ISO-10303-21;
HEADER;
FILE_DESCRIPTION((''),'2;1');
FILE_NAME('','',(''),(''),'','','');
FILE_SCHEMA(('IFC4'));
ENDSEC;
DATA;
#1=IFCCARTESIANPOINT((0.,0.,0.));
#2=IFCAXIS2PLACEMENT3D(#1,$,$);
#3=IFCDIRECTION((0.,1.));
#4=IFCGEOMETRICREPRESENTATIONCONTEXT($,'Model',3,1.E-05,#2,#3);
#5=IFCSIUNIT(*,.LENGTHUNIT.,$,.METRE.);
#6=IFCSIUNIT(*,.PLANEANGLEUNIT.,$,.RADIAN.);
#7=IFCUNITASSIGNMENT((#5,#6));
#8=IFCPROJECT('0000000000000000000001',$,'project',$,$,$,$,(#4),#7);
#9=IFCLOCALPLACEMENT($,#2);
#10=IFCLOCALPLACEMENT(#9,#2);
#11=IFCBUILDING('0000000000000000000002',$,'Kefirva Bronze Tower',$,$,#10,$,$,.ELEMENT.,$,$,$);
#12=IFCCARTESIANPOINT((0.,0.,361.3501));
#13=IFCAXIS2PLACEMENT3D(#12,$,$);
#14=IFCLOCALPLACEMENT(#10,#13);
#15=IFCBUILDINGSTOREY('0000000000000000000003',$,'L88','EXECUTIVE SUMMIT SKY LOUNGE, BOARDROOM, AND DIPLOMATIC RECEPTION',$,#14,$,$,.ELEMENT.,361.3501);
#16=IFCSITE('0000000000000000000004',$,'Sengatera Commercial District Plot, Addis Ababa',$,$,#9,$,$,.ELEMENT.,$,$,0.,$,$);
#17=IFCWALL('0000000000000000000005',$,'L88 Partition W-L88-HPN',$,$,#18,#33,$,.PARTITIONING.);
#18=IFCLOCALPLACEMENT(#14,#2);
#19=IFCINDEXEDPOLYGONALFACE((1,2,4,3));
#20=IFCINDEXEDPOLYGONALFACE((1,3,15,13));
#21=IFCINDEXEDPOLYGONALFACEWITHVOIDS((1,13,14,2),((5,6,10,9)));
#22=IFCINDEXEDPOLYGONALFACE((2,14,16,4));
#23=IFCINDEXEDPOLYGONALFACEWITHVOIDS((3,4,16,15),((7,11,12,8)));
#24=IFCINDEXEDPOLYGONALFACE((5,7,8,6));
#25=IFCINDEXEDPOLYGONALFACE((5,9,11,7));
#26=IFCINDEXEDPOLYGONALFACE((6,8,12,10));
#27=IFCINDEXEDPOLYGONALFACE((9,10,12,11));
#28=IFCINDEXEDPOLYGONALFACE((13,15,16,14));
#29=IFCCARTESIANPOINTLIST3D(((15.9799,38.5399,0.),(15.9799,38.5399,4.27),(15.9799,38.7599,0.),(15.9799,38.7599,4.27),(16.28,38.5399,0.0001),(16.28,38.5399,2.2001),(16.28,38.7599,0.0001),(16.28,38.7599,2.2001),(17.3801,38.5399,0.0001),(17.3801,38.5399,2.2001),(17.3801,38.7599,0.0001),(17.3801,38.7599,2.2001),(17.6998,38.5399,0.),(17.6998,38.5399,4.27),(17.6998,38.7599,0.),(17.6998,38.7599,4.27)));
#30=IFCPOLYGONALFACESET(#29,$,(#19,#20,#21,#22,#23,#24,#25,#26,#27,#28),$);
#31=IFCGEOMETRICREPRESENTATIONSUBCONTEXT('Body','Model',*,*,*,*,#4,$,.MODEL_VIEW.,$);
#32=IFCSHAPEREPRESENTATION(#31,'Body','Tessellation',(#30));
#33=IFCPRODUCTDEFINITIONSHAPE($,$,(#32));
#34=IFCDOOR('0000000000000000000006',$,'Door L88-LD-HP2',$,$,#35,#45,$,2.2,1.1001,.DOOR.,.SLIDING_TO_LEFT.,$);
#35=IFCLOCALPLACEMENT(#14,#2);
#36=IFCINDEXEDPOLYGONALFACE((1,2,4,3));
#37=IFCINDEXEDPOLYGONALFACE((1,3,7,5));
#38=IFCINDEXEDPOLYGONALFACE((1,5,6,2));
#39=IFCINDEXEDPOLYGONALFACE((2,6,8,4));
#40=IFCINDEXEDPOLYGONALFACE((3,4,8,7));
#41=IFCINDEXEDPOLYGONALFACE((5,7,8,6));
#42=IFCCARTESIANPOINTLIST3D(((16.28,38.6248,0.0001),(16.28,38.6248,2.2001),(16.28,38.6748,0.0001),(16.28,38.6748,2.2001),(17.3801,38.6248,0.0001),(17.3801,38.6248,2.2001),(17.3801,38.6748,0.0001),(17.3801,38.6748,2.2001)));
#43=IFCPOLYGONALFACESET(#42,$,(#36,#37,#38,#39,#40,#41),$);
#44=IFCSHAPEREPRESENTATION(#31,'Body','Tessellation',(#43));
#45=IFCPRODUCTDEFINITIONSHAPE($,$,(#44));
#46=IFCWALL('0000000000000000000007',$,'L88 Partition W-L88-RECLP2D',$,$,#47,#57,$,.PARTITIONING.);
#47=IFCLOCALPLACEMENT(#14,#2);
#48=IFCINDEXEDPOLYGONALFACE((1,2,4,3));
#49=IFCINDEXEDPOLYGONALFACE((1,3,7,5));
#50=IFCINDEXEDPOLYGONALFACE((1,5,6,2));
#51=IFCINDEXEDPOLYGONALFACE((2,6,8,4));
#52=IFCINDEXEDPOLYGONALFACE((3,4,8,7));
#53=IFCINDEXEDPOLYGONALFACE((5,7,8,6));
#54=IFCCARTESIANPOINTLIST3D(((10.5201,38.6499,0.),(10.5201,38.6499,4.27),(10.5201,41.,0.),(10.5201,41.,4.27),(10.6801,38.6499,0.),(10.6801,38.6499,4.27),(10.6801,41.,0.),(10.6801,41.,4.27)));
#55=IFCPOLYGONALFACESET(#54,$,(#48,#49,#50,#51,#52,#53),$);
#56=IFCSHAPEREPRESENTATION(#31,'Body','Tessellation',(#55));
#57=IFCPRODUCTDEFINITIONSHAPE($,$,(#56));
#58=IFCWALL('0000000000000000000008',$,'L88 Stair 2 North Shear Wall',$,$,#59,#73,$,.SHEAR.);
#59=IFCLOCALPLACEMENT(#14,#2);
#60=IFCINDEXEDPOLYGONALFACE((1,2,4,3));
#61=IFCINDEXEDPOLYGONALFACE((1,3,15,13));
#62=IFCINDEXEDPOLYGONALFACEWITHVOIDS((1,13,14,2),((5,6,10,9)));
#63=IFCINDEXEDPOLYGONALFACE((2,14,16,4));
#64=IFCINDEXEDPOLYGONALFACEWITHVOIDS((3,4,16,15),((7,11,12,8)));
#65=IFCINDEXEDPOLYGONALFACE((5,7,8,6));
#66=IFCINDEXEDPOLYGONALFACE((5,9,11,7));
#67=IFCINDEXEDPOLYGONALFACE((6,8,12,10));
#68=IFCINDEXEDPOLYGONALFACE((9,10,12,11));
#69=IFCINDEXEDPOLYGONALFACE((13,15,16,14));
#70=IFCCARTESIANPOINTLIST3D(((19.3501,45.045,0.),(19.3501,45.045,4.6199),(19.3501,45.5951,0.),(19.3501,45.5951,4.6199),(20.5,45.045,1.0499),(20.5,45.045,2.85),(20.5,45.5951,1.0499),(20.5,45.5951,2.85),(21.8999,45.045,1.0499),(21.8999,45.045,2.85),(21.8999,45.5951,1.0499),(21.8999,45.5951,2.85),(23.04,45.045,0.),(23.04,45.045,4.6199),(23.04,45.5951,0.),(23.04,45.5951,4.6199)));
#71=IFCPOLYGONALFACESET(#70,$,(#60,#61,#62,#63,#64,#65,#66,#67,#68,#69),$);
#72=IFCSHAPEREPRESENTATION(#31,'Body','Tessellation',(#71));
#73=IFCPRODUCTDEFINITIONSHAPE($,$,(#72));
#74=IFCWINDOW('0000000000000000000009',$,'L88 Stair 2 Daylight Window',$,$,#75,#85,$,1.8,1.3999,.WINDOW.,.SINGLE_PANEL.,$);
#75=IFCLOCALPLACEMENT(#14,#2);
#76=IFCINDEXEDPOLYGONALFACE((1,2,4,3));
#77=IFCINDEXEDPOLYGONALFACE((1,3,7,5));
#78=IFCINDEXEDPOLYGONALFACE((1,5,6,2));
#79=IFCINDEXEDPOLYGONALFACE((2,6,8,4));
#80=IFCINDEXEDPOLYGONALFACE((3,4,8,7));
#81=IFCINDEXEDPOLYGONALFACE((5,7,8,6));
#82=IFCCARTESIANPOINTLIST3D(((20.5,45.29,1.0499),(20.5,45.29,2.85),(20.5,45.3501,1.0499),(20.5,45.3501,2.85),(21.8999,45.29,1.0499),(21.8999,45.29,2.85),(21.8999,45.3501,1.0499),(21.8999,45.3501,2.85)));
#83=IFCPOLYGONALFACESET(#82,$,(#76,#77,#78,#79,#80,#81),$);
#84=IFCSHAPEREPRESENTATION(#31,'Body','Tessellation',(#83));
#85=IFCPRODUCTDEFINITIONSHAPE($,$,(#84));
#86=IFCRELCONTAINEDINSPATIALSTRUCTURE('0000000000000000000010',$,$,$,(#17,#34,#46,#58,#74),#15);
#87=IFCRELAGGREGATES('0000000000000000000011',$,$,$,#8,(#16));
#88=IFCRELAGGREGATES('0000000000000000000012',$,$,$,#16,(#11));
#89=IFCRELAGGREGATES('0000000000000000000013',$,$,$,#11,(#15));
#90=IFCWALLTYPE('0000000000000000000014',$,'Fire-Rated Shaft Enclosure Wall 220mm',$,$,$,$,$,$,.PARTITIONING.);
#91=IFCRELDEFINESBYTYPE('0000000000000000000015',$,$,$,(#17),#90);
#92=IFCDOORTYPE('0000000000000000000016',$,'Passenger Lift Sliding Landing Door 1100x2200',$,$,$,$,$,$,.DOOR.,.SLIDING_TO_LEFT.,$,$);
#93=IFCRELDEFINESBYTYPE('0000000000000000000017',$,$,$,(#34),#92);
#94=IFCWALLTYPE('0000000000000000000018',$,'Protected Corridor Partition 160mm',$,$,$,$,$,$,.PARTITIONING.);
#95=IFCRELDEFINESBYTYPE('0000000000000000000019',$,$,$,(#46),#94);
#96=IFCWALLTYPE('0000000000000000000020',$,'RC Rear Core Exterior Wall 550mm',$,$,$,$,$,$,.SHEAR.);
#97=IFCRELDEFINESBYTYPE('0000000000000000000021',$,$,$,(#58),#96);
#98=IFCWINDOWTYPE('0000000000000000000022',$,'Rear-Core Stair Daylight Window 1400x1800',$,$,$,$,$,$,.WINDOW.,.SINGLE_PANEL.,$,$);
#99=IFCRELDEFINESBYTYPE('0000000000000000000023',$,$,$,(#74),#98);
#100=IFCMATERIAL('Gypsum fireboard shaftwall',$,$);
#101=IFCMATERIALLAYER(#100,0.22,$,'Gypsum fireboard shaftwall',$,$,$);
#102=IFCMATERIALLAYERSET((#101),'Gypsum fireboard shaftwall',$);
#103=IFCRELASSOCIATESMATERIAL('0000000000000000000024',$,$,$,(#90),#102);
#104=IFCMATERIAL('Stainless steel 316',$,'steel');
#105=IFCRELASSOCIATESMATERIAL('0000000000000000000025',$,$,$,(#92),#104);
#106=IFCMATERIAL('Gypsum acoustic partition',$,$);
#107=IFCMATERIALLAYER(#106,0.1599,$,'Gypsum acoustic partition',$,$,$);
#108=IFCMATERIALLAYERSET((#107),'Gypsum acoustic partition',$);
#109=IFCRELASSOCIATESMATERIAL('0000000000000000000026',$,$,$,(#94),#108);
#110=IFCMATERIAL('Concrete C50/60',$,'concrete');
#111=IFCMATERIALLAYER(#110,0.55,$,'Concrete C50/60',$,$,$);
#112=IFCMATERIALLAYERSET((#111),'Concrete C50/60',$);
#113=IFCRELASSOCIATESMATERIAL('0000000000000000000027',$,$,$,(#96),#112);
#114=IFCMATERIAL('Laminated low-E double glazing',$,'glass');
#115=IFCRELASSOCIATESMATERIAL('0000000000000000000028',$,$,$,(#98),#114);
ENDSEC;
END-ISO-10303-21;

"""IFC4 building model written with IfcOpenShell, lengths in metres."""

from ifc_helpers import new_model, si_unit, direction, frame, frame_2d, origin, place, context, subcontext, project, spatial, rectangle, extrude, material, layer, layer_set, type_object, element, fill, save


model = new_model("IFC4")

# Units and contexts
model_context = context("Model", 3, precision=1e-05, world=origin(), true_north=direction((0.0, 1.0)))
body_context = subcontext(model_context, "Body", "Model", "MODEL_VIEW")
ifc_project = project(units=[si_unit("LENGTHUNIT", "METRE"), si_unit("PLANEANGLEUNIT", "RADIAN")], contexts=[model_context])

# Site, building, storey
site_placement = place(None, origin())
site = spatial("IfcSite", under=ifc_project, at=site_placement, Name="Sengatera Commercial District Plot, Addis Ababa", CompositionType="ELEMENT", RefElevation=0.0)
building_placement = place(site_placement, origin())
building = spatial("IfcBuilding", under=site, at=building_placement, Name="Kefirva Bronze Tower", CompositionType="ELEMENT")
storey_placement = place(building_placement, frame((0.0, 0.0, 361.3501)))
storey = spatial("IfcBuildingStorey", under=building, at=storey_placement, Name="L88", Description="EXECUTIVE SUMMIT SKY LOUNGE, BOARDROOM, AND DIPLOMATIC RECEPTION", CompositionType="ELEMENT", Elevation=361.3501)

# Shared definitions
ifc_material_1 = material(Name="Concrete C50/60", Category="concrete")

# Shared definitions
ifc_material_2 = material(Name="Gypsum acoustic partition")

# Shared definitions
ifc_material_3 = material(Name="Gypsum fireboard shaftwall")
ifc_layer_1 = layer(ifc_material_3, 0.22, Name="Gypsum fireboard shaftwall")
ifc_layer_set_1 = layer_set([ifc_layer_1], Name="Gypsum fireboard shaftwall")
wall_type_1 = type_object("IfcWallType", Name="Fire-Rated Shaft Enclosure Wall 220mm", PredefinedType="PARTITIONING", material=ifc_layer_set_1)

# Shared definitions
ifc_material_4 = material(Name="Stainless steel 316", Category="steel")

# Shared definitions
door_type_1 = type_object("IfcDoorType", Name="Passenger Lift Sliding Landing Door 1100x2200", OperationType="SLIDING_TO_LEFT", PredefinedType="DOOR", material=ifc_material_4)

# Wall, opening, door
wall_1_placement = place(storey_placement, frame((15.98, 38.6499, 0.0), z_axis=(0.0, 0.0, 1.0), x_axis=(1.0, 0.0, 0.0)))
wall_1 = element("IfcWall", 1, at=wall_1_placement, inside=storey, type_object=wall_type_1, Name="L88 Partition W-L88-HPN", PredefinedType="PARTITIONING", context=body_context, shape_type="SweptSolid", body=[
    extrude(rectangle(XDim=1.72, YDim=0.22, at=frame_2d((0.8599, 0.0))), origin(), (0.0, 0.0, 1.0), 4.27),
])
opening_1_placement = place(wall_1_placement, frame((0.3, 0.0, 0.0)))
opening_1 = element("IfcOpeningElement", 2, at=opening_1_placement, cuts=wall_1, PredefinedType="OPENING", context=body_context, shape_type="SweptSolid", body=[
    extrude(rectangle(XDim=1.1001, YDim=2.2, at=frame_2d((0.55, 1.1001))), frame((0.0, 0.1201, 0.0), z_axis=(0.0, -1.0, 0.0), x_axis=(1.0, 0.0, 0.0)), (0.0, 0.0, 1.0), 0.24),
])
door_1_placement = place(opening_1_placement, origin())
door_1 = element("IfcDoor", 3, at=door_1_placement, inside=storey, type_object=door_type_1, Name="Door L88-LD-HP2", OperationType="SLIDING_TO_LEFT", OverallHeight=2.2, OverallWidth=1.1001, PredefinedType="DOOR", context=body_context, shape_type="SweptSolid", body=[
    extrude(rectangle(XDim=1.1001, YDim=2.2, at=frame_2d((0.55, 1.1001))), frame((0.0, 0.0249, 0.0), z_axis=(0.0, -1.0, 0.0), x_axis=(1.0, 0.0, 0.0)), (0.0, 0.0, 1.0), 0.05),
])
fill(opening_1, door_1)

# Wall
ifc_layer_2 = layer(ifc_material_2, 0.1599, Name="Gypsum acoustic partition")
ifc_layer_set_2 = layer_set([ifc_layer_2], Name="Gypsum acoustic partition")
wall_type_2 = type_object("IfcWallType", Name="Protected Corridor Partition 160mm", PredefinedType="PARTITIONING", material=ifc_layer_set_2)
wall_2_placement = place(storey_placement, frame((10.6001, 38.6499, 0.0), z_axis=(0.0, 0.0, 1.0), x_axis=(0.0, 1.0, 0.0)))
element("IfcWall", 4, at=wall_2_placement, inside=storey, type_object=wall_type_2, Name="L88 Partition W-L88-RECLP2D", PredefinedType="PARTITIONING", context=body_context, shape_type="SweptSolid", body=[
    extrude(rectangle(XDim=2.3501, YDim=0.1599, at=frame_2d((1.175, 0.0))), origin(), (0.0, 0.0, 1.0), 4.27),
])

# Wall, opening, window
ifc_layer_3 = layer(ifc_material_1, 0.55, Name="Concrete C50/60")
ifc_layer_set_3 = layer_set([ifc_layer_3], Name="Concrete C50/60")
wall_type_3 = type_object("IfcWallType", Name="RC Rear Core Exterior Wall 550mm", PredefinedType="SHEAR", material=ifc_layer_set_3)
wall_3_placement = place(storey_placement, frame((19.3501, 45.3201, 0.0), z_axis=(0.0, 0.0, 1.0), x_axis=(1.0, 0.0, 0.0)))
wall_3 = element("IfcWall", 5, at=wall_3_placement, inside=storey, type_object=wall_type_3, Name="L88 Stair 2 North Shear Wall", PredefinedType="SHEAR", context=body_context, shape_type="SweptSolid", body=[
    extrude(rectangle(XDim=3.6899, YDim=0.55, at=frame_2d((1.845, 0.0))), origin(), (0.0, 0.0, 1.0), 4.6199),
])
opening_2_placement = place(wall_3_placement, frame((1.1499, 0.0, 1.05)))
opening_2 = element("IfcOpeningElement", 6, at=opening_2_placement, cuts=wall_3, PredefinedType="OPENING", context=body_context, shape_type="SweptSolid", body=[
    extrude(rectangle(XDim=1.3999, YDim=1.8, at=frame_2d((0.7, 0.8999))), frame((0.0, 0.2852, 0.0), z_axis=(0.0, -1.0, 0.0), x_axis=(1.0, 0.0, 0.0)), (0.0, 0.0, 1.0), 0.5701),
])
ifc_material_5 = material(Name="Laminated low-E double glazing", Category="glass")
window_type = type_object("IfcWindowType", Name="Rear-Core Stair Daylight Window 1400x1800", PartitioningType="SINGLE_PANEL", PredefinedType="WINDOW", material=ifc_material_5)
window_placement = place(opening_2_placement, origin())
window = element("IfcWindow", 7, at=window_placement, inside=storey, type_object=window_type, Name="L88 Stair 2 Daylight Window", OverallHeight=1.8, OverallWidth=1.3999, PartitioningType="SINGLE_PANEL", PredefinedType="WINDOW", context=body_context, shape_type="SweptSolid", body=[
    extrude(rectangle(XDim=1.3999, YDim=1.8, at=frame_2d((0.7, 0.8999))), frame((0.0, 0.03, 0.0), z_axis=(0.0, -1.0, 0.0), x_axis=(1.0, 0.0, 0.0)), (0.0, 0.0, 1.0), 0.0601),
])
fill(opening_2, window)

save(model, "model.ifc")
